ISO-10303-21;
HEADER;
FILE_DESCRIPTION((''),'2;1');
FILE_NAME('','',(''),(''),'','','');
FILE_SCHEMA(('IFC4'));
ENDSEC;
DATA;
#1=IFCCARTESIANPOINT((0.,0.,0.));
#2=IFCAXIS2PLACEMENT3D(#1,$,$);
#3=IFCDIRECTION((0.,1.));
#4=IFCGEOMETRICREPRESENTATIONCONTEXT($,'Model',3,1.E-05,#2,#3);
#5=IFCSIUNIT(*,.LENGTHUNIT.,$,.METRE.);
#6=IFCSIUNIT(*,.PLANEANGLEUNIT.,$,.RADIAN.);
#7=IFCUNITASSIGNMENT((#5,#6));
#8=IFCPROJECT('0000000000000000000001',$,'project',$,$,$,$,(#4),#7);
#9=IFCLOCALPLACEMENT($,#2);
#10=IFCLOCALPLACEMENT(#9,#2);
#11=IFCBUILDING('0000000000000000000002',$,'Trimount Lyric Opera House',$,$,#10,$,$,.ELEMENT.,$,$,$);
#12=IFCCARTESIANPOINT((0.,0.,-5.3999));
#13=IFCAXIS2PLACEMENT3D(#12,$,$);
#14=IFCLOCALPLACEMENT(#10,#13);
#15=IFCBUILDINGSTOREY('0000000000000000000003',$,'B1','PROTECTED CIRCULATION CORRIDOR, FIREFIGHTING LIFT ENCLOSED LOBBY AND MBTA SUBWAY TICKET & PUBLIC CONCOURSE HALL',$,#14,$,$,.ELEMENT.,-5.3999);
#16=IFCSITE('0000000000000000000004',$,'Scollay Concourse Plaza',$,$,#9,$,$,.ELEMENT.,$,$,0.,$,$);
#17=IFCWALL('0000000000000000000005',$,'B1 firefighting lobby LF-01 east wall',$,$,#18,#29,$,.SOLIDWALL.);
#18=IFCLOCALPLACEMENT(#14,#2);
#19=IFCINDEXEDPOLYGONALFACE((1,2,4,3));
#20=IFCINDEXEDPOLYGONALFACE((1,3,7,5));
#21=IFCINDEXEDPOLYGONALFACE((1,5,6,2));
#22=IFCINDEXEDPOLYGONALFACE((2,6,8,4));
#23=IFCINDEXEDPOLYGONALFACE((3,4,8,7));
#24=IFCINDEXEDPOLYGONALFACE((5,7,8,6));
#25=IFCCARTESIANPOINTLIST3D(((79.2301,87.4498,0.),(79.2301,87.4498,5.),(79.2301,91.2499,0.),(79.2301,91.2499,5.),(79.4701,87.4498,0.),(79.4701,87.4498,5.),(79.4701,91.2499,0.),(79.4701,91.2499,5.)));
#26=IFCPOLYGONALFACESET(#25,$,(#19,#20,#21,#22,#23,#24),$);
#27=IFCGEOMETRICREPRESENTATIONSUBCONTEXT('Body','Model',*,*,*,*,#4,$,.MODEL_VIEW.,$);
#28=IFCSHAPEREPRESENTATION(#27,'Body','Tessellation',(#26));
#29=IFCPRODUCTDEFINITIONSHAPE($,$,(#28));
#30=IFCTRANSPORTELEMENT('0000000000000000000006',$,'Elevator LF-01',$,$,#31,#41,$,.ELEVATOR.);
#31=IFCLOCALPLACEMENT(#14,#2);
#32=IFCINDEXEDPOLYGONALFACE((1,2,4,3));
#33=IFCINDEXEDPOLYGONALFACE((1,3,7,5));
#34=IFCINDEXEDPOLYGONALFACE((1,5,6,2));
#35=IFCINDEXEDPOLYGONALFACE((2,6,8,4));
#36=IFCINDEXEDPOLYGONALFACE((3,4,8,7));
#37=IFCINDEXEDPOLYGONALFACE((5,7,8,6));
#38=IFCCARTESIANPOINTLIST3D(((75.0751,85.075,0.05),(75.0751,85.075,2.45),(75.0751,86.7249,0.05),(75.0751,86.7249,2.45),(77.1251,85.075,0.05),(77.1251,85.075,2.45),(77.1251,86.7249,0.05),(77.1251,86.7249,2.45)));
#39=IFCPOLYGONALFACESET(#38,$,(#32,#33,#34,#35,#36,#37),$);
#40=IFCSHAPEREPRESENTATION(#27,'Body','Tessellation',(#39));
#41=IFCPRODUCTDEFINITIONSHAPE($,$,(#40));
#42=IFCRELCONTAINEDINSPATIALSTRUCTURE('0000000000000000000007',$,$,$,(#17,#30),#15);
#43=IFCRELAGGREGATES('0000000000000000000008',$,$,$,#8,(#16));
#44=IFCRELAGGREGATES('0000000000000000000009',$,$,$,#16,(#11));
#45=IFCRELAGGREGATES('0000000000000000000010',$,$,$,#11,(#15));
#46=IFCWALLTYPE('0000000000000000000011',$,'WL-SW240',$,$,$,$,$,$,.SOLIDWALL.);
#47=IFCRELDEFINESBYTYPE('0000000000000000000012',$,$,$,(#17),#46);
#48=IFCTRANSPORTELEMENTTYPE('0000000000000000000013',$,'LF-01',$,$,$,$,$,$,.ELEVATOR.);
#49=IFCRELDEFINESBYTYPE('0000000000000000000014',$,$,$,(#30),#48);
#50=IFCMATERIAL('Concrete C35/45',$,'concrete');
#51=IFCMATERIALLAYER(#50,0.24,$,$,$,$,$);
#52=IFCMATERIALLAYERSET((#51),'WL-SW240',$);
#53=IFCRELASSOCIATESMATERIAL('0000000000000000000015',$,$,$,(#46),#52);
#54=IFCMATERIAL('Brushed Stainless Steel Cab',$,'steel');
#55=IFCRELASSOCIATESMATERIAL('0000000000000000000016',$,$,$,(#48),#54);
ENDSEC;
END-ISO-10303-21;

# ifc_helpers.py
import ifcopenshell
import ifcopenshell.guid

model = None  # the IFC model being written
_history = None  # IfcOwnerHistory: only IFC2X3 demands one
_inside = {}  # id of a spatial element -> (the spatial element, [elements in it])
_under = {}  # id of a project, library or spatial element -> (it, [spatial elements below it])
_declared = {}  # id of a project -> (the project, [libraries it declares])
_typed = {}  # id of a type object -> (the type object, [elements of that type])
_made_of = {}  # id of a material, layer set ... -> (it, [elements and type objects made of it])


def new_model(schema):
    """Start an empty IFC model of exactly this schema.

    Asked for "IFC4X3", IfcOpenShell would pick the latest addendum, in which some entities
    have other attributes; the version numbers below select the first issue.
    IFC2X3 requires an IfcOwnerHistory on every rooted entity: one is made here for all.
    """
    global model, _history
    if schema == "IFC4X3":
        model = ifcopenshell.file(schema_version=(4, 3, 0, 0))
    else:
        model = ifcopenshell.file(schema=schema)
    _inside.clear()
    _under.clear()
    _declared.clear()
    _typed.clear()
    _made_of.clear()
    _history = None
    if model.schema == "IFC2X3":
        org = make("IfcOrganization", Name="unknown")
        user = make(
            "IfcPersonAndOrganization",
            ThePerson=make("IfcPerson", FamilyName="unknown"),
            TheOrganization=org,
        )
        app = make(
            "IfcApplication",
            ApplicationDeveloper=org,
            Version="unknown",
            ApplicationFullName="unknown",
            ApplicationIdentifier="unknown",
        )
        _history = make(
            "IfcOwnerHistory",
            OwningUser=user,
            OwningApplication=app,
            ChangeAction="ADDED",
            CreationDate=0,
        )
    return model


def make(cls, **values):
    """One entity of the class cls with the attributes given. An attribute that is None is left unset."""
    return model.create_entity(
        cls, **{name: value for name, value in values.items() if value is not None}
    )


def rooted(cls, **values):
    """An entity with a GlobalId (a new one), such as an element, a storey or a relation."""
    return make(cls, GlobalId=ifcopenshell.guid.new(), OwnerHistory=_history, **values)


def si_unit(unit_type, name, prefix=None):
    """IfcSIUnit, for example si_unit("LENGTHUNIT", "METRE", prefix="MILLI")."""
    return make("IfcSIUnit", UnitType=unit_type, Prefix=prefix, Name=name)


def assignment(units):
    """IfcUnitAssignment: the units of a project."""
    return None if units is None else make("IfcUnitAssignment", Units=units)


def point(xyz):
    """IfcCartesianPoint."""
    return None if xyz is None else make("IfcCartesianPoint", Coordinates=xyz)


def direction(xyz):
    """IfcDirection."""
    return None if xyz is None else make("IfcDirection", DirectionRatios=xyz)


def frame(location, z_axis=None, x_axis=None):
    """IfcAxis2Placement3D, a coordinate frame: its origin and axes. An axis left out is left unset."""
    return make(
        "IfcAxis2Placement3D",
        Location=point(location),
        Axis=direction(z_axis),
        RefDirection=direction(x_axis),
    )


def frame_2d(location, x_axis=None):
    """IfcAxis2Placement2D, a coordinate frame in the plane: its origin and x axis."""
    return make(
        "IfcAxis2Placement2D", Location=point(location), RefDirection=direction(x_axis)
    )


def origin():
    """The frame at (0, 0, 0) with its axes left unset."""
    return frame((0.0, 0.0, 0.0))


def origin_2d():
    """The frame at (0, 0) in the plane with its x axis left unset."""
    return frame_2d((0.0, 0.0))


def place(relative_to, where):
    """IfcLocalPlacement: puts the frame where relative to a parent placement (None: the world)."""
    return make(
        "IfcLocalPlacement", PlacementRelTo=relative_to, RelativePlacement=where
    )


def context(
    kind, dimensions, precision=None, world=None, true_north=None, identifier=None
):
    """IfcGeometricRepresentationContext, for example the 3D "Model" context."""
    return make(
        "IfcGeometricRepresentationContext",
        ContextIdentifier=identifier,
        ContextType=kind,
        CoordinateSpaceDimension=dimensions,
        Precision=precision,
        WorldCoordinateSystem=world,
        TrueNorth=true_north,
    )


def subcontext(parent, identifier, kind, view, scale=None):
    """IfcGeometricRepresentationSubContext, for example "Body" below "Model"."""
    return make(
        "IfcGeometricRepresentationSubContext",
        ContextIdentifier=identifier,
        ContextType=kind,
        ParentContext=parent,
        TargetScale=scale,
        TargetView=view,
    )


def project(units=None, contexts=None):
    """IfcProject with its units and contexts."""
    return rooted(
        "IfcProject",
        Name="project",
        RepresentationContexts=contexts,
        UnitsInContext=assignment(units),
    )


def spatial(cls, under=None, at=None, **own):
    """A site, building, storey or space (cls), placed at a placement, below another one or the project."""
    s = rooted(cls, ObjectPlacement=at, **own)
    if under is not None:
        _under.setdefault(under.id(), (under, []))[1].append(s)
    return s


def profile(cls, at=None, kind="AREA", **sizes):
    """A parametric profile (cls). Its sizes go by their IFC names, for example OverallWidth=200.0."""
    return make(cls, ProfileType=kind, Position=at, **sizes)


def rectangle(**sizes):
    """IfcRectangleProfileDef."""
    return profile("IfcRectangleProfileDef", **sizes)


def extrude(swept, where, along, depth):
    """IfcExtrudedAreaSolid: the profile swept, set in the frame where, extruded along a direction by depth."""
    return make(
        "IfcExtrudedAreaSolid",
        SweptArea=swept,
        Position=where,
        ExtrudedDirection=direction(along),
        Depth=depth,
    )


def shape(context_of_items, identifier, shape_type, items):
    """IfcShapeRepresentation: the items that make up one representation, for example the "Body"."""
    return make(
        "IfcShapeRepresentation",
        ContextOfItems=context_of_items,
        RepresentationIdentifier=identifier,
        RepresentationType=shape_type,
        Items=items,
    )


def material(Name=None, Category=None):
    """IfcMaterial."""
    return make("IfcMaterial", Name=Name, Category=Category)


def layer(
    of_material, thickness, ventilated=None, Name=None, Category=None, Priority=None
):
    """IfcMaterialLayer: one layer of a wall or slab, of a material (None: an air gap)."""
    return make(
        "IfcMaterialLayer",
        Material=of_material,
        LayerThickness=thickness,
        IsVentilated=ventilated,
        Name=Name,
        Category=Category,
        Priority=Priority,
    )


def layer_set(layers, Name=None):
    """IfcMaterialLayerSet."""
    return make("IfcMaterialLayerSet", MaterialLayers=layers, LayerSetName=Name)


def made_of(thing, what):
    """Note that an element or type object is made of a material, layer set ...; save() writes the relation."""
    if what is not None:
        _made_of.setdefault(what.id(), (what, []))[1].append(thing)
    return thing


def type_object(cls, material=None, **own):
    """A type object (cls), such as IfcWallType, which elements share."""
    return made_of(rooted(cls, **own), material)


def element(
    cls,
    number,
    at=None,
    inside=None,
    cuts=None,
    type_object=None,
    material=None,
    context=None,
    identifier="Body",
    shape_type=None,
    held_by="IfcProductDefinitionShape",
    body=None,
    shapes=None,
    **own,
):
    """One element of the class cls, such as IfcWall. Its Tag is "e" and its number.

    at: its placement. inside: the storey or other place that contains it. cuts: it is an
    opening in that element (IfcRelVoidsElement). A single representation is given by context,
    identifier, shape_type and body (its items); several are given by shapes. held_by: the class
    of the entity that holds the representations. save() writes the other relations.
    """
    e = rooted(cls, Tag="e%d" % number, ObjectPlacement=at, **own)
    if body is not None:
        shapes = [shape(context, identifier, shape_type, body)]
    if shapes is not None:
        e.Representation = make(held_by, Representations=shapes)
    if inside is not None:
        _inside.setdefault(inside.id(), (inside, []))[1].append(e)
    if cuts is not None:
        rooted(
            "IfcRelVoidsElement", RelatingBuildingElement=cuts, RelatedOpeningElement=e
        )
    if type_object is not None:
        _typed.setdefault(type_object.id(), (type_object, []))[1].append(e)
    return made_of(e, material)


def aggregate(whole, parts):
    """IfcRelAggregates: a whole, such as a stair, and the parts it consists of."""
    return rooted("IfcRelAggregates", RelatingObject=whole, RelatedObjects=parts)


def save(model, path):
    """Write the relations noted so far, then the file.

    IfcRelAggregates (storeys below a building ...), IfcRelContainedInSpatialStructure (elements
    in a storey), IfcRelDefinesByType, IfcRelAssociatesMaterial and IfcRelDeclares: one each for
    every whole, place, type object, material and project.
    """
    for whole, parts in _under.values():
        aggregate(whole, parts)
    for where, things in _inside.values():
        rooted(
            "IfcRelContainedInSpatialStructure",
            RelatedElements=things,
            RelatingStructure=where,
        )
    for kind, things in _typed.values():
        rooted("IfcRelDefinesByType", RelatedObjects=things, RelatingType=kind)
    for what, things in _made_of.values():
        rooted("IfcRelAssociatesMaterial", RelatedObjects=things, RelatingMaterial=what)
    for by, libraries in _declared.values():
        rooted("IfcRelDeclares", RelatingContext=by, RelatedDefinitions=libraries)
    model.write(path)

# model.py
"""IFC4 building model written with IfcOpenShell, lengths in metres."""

from ifc_helpers import new_model, si_unit, direction, frame, frame_2d, origin, origin_2d, place, context, subcontext, project, spatial, rectangle, extrude, material, layer, layer_set, type_object, element, save


model = new_model("IFC4")

# Units and contexts
model_context = context("Model", 3, precision=1e-05, world=origin(), true_north=direction((0.0, 1.0)))
body_context = subcontext(model_context, "Body", "Model", "MODEL_VIEW")
ifc_project = project(units=[si_unit("LENGTHUNIT", "METRE"), si_unit("PLANEANGLEUNIT", "RADIAN")], contexts=[model_context])

# Site, building, storey
site_placement = place(None, origin())
site = spatial("IfcSite", under=ifc_project, at=site_placement, Name="Scollay Concourse Plaza", CompositionType="ELEMENT", RefElevation=0.0)
building_placement = place(site_placement, origin())
building = spatial("IfcBuilding", under=site, at=building_placement, Name="Trimount Lyric Opera House", CompositionType="ELEMENT")
storey_placement = place(building_placement, frame((0.0, 0.0, -5.3999)))
storey = spatial("IfcBuildingStorey", under=building, at=storey_placement, Name="B1", Description="PROTECTED CIRCULATION CORRIDOR, FIREFIGHTING LIFT ENCLOSED LOBBY AND MBTA SUBWAY TICKET & PUBLIC CONCOURSE HALL", CompositionType="ELEMENT", Elevation=-5.3999)

# Shared definitions
ifc_material_1 = material(Name="Concrete C35/45", Category="concrete")
ifc_layer_1 = layer(ifc_material_1, 0.24)
ifc_layer_set_1 = layer_set([ifc_layer_1], Name="WL-SW240")
wall_type_1 = type_object("IfcWallType", Name="WL-SW240", PredefinedType="SOLIDWALL", material=ifc_layer_set_1)

# Wall
for number, where, z_axis, x_axis, name in (
    (1, (79.3501, 87.45, 0.0), (0.0, 0.0, 1.0), (0.0, 1.0, 0.0), "B1 firefighting lobby LF-01 east wall"),
):
    element("IfcWall", number, at=place(storey_placement, frame(where, z_axis=z_axis, x_axis=x_axis)), inside=storey, type_object=wall_type_1, Name=name, PredefinedType="SOLIDWALL", context=body_context, shape_type="SweptSolid", body=[
        extrude(rectangle(XDim=3.8, YDim=0.24, at=frame_2d((1.8999, 0.0))), origin(), (0.0, 0.0, 1.0), 5.0),
    ])

# Transport element
ifc_material_2 = material(Name="Brushed Stainless Steel Cab", Category="steel")
transport_element_type = type_object("IfcTransportElementType", Name="LF-01", PredefinedType="ELEVATOR", material=ifc_material_2)
transport_element_placement = place(storey_placement, frame((76.1001, 85.8999, 0.05), z_axis=(0.0, 0.0, 1.0), x_axis=(1.0, 0.0, 0.0)))
element("IfcTransportElement", 2, at=transport_element_placement, inside=storey, type_object=transport_element_type, Name="Elevator LF-01", PredefinedType="ELEVATOR", context=body_context, shape_type="SweptSolid", body=[
    extrude(rectangle(XDim=2.05, YDim=1.6499, at=origin_2d()), origin(), (0.0, 0.0, 1.0), 2.3999),
])

save(model, "model.ifc")
